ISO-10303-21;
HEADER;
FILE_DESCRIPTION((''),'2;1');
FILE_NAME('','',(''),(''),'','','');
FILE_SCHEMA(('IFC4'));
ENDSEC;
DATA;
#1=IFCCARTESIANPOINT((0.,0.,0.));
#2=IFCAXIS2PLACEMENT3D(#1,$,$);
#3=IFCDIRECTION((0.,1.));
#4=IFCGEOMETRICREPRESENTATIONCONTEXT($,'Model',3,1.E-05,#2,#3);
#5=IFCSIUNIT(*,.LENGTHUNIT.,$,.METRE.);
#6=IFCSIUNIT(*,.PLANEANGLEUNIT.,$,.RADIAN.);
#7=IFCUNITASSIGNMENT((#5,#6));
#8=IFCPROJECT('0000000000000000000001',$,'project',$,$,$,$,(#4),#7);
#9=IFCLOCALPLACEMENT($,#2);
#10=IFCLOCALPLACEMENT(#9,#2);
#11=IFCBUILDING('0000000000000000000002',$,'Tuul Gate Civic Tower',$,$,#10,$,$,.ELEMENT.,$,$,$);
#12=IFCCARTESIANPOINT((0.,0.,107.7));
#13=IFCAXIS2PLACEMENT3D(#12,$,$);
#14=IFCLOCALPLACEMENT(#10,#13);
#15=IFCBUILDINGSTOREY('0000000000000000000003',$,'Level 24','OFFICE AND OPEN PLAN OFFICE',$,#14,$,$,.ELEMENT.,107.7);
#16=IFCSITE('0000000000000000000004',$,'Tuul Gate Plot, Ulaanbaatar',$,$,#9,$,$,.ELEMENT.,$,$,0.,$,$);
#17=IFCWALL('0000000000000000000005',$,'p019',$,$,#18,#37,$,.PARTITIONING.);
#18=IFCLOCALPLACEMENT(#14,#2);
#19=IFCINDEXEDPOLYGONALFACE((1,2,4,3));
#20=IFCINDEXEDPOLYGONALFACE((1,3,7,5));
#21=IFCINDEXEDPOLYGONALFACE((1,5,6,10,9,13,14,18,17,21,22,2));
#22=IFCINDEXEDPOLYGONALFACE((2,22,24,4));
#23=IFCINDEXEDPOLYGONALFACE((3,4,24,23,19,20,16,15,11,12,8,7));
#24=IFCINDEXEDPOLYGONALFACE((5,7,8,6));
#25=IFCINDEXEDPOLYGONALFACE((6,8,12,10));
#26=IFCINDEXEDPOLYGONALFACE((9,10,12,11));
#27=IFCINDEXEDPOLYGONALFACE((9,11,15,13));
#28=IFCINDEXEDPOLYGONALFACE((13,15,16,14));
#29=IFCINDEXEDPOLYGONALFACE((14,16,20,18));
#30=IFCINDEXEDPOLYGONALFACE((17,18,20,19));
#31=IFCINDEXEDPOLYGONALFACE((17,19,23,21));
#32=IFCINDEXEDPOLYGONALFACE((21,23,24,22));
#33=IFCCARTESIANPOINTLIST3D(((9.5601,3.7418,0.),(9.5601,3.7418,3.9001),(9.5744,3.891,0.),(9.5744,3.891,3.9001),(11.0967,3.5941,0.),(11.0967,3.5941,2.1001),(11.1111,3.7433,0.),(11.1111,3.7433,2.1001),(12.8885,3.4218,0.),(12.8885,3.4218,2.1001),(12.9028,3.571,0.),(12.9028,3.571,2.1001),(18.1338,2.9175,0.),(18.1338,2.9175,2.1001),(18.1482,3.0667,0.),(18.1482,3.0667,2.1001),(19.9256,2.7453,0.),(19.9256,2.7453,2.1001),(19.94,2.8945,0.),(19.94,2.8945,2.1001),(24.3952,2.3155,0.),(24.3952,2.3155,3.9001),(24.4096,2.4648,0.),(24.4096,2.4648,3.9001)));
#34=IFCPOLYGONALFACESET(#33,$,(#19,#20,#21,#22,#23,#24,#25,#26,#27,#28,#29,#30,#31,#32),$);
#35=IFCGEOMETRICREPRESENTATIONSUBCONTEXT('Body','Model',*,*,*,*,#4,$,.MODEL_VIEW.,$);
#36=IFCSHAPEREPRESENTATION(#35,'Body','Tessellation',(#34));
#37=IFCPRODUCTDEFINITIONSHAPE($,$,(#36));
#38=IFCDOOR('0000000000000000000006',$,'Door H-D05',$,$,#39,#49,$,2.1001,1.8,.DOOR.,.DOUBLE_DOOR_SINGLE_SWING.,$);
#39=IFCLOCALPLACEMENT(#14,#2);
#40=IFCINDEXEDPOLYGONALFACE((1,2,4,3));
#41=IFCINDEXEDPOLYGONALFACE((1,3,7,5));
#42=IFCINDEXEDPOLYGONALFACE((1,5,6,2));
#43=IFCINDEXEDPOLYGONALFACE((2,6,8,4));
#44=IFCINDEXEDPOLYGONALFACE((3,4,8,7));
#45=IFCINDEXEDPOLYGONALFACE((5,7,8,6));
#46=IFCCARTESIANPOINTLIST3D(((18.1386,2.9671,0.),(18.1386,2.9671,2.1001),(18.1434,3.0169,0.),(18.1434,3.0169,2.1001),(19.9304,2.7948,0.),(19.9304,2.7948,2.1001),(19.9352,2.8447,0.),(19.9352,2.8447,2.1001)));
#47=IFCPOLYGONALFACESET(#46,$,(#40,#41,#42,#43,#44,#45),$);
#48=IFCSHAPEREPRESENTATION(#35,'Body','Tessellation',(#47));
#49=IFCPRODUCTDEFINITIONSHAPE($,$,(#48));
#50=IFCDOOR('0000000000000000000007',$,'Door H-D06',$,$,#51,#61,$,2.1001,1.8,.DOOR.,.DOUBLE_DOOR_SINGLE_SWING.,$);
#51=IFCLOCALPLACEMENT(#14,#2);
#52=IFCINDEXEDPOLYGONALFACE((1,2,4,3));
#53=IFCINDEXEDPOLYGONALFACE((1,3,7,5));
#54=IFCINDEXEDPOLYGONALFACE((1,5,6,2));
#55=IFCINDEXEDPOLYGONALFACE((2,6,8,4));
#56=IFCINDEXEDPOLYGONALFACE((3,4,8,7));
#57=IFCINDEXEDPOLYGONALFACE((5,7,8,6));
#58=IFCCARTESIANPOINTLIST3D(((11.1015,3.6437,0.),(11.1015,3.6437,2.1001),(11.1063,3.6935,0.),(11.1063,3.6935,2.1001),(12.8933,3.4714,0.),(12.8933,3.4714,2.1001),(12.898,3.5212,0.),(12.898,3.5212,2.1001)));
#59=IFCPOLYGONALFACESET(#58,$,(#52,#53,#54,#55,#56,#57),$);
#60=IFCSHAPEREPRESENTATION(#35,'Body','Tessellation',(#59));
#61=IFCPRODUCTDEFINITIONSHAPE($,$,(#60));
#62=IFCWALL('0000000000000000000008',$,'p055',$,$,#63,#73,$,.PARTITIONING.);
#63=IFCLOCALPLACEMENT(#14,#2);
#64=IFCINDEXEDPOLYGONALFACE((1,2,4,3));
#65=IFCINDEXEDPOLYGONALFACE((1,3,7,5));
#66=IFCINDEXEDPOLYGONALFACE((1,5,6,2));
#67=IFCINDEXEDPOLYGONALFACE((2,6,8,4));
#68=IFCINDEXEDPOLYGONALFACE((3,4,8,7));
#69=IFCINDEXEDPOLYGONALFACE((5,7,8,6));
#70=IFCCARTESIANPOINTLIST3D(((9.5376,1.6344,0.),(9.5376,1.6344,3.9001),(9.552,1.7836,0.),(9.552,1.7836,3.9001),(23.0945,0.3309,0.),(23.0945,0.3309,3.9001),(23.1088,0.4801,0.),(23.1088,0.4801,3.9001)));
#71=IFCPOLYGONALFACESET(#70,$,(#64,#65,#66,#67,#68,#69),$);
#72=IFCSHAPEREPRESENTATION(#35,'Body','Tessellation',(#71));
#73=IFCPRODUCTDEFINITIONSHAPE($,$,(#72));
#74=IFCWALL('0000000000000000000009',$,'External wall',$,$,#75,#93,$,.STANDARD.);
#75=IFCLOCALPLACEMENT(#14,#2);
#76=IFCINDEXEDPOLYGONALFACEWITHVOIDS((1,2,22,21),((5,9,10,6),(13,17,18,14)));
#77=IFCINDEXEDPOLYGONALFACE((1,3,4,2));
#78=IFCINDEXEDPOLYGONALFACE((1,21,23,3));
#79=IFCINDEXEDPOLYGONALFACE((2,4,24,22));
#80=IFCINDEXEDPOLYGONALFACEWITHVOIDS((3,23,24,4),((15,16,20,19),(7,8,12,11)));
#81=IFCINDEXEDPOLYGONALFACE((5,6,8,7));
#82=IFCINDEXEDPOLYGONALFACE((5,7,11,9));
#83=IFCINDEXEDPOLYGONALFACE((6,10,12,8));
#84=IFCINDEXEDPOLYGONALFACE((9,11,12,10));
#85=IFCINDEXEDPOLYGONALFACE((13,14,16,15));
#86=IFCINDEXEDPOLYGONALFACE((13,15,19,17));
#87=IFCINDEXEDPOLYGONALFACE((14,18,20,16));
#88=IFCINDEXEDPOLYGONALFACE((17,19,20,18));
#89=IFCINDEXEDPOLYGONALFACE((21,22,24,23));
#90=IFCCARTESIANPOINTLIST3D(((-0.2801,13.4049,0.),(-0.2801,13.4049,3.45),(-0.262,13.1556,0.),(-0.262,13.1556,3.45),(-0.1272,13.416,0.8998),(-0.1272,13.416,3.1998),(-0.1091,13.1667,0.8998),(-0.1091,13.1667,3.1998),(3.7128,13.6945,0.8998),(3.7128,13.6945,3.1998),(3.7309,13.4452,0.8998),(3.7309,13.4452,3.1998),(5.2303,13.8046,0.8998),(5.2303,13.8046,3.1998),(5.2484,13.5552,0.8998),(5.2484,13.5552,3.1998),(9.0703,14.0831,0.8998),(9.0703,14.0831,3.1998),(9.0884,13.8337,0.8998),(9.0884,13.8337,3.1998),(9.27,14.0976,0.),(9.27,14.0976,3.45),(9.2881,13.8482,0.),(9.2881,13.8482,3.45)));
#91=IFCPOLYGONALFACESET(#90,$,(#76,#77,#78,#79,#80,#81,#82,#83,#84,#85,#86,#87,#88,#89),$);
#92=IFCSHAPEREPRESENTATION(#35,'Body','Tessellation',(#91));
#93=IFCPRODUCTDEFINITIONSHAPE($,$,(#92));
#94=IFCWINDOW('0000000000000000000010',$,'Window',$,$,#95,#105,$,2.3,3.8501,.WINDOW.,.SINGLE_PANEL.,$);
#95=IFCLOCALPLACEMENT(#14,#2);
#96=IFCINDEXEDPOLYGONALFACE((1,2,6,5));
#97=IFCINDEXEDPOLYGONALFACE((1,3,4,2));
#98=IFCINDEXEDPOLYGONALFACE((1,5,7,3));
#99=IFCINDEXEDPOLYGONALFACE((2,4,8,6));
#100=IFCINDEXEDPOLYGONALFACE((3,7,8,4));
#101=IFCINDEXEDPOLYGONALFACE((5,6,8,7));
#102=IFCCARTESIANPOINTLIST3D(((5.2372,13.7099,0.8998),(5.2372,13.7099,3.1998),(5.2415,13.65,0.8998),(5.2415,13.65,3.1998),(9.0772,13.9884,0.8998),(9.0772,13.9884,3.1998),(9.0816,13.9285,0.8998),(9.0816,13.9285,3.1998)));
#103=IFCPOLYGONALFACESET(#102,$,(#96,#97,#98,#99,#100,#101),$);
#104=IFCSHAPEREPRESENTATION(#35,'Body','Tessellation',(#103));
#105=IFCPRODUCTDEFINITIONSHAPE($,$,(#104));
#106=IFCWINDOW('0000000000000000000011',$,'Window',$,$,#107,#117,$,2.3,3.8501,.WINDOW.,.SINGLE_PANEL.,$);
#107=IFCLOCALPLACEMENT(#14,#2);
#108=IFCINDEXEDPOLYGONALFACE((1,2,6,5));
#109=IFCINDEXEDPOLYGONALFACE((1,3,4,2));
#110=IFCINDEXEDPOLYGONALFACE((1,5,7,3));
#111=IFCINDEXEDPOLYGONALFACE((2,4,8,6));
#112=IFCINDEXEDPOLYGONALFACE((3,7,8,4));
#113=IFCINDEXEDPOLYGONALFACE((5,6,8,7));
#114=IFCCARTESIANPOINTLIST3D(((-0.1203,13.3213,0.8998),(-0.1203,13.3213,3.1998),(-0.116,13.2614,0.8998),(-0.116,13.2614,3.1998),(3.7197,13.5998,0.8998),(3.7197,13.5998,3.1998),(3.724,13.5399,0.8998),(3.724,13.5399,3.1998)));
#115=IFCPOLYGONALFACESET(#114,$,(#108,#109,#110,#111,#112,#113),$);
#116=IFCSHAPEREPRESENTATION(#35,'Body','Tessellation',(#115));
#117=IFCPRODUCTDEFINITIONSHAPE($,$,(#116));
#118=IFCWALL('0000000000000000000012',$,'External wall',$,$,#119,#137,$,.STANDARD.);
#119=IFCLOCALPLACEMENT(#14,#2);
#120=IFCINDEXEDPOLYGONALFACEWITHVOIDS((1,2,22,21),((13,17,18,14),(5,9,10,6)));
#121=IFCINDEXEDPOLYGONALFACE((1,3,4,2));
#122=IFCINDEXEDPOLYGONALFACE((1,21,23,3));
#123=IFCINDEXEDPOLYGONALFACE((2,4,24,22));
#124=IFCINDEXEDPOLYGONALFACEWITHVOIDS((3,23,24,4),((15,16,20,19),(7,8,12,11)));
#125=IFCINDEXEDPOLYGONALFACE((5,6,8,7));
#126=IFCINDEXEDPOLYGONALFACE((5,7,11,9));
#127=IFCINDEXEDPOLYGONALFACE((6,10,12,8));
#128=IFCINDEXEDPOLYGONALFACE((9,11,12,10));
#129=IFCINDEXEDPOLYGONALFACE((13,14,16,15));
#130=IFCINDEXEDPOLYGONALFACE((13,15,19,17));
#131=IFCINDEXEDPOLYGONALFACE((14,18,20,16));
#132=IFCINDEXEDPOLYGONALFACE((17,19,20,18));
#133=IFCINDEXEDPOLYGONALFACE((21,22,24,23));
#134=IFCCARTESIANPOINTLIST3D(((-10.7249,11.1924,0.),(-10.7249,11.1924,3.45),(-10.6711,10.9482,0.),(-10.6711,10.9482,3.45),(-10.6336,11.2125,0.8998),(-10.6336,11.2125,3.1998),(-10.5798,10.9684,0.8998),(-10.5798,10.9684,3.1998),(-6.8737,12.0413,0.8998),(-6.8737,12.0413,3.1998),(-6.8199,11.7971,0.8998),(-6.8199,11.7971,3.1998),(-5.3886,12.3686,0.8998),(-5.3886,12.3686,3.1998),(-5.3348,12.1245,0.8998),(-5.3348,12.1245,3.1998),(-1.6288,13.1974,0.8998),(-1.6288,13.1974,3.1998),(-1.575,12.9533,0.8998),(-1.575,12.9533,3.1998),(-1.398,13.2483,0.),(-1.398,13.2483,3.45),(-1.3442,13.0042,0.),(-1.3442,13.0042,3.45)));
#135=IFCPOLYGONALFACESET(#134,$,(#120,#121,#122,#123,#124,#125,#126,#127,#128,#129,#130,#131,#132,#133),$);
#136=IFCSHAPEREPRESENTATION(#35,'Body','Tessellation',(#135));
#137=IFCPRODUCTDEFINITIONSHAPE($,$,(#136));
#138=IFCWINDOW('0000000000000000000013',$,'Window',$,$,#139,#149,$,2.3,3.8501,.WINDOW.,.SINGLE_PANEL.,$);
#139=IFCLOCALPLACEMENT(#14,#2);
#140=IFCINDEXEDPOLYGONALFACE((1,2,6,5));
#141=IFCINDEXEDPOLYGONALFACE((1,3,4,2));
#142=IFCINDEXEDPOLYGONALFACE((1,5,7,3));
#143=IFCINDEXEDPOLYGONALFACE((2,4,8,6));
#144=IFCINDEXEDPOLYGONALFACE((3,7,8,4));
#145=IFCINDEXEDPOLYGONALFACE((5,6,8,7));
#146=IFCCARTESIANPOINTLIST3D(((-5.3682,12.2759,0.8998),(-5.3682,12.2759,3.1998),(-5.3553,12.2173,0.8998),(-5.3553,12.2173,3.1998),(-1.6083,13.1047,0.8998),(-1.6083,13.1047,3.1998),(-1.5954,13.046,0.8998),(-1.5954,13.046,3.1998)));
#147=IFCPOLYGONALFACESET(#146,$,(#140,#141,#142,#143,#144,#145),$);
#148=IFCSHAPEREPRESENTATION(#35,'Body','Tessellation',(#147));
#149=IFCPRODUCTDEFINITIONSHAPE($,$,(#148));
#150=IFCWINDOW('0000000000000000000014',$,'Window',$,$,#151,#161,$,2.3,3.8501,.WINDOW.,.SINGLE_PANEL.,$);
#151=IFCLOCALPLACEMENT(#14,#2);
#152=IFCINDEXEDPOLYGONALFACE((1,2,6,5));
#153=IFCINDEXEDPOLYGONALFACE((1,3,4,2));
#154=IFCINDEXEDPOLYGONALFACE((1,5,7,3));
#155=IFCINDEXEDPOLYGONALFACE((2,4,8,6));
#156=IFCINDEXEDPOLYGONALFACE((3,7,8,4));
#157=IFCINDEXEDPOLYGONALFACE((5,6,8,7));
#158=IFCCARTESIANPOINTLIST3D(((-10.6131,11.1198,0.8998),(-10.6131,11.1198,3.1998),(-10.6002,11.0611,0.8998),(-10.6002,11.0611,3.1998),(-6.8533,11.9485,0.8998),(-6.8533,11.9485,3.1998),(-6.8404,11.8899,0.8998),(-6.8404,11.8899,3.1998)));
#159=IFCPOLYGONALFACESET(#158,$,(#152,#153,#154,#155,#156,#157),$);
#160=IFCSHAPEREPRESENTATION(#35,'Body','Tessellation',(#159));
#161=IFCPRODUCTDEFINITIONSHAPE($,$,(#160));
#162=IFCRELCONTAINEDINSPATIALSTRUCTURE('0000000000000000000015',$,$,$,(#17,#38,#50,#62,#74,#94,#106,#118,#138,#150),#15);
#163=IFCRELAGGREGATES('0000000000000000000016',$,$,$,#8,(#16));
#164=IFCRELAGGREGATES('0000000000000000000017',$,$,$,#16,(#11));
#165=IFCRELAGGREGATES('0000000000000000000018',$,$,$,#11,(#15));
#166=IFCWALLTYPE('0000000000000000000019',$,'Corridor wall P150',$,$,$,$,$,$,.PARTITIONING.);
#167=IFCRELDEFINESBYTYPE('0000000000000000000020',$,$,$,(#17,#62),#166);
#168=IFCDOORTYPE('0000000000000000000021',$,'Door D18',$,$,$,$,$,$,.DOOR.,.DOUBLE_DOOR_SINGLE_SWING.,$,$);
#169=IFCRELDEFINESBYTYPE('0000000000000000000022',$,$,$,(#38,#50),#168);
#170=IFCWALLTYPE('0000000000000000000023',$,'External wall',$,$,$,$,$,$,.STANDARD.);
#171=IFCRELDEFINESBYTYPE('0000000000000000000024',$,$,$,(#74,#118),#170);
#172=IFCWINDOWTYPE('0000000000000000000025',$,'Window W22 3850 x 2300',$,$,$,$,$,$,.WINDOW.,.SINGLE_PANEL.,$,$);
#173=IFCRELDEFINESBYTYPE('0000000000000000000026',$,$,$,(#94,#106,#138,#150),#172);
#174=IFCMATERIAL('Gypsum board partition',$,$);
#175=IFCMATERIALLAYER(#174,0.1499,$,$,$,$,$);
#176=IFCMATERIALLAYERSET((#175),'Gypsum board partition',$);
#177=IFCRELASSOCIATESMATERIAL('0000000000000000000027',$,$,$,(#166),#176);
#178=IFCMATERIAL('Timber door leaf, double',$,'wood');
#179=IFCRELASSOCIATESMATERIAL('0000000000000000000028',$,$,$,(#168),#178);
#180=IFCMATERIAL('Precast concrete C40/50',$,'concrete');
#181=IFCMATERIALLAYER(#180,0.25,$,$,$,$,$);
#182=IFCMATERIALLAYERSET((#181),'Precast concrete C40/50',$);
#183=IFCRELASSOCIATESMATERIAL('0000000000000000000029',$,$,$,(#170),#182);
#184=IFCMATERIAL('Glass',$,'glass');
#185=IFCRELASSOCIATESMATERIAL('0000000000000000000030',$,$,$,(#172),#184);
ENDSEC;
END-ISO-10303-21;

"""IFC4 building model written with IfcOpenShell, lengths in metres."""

from ifc_helpers import new_model, si_unit, direction, frame, frame_2d, origin, place, context, subcontext, project, spatial, rectangle, extrude, material, layer, layer_set, type_object, element, fill, save


model = new_model("IFC4")

# Units and contexts
model_context = context("Model", 3, precision=1e-05, world=origin(), true_north=direction((0.0, 1.0)))
body_context = subcontext(model_context, "Body", "Model", "MODEL_VIEW")
ifc_project = project(units=[si_unit("LENGTHUNIT", "METRE"), si_unit("PLANEANGLEUNIT", "RADIAN")], contexts=[model_context])

# Site, building, storey
site_placement = place(None, origin())
site = spatial("IfcSite", under=ifc_project, at=site_placement, Name="Tuul Gate Plot, Ulaanbaatar", CompositionType="ELEMENT", RefElevation=0.0)
building_placement = place(site_placement, origin())
building = spatial("IfcBuilding", under=site, at=building_placement, Name="Tuul Gate Civic Tower", CompositionType="ELEMENT")
storey_placement = place(building_placement, frame((0.0, 0.0, 107.7)))
storey = spatial("IfcBuildingStorey", under=building, at=storey_placement, Name="Level 24", Description="OFFICE AND OPEN PLAN OFFICE", CompositionType="ELEMENT", Elevation=107.7)

# Wall, openings, doors
ifc_material_1 = material(Name="Gypsum board partition")
ifc_layer_1 = layer(ifc_material_1, 0.1499)
ifc_layer_set_1 = layer_set([ifc_layer_1], Name="Gypsum board partition")
wall_type_1 = type_object("IfcWallType", Name="Corridor wall P150", PredefinedType="PARTITIONING", material=ifc_layer_set_1)
wall_1_placement = place(storey_placement, frame((9.5674, 3.8164, 0.0), z_axis=(0.0, 0.0, 1.0), x_axis=(0.99541, -0.0957, 0.0)))
wall_1 = element("IfcWall", 1, at=wall_1_placement, inside=storey, type_object=wall_type_1, Name="p019", PredefinedType="PARTITIONING", context=body_context, shape_type="SweptSolid", body=[
    extrude(rectangle(XDim=14.9036, YDim=0.1499, at=frame_2d((7.4517, 0.0))), origin(), (0.0, 0.0, 1.0), 3.9001),
])
opening_1_placement = place(wall_1_placement, frame((8.6133, 0.0, 0.0)))
opening_1 = element("IfcOpeningElement", 2, at=opening_1_placement, cuts=wall_1, PredefinedType="OPENING", context=body_context, shape_type="SweptSolid", body=[
    extrude(rectangle(XDim=1.8, YDim=2.1001, at=frame_2d((0.8999, 1.05))), frame((0.0, 0.085, 0.0), z_axis=(0.0, -1.0, 0.0), x_axis=(1.0, 0.0, 0.0)), (0.0, 0.0, 1.0), 0.1699),
])
opening_2_placement = place(wall_1_placement, frame((1.5437, 0.0, 0.0)))
opening_2 = element("IfcOpeningElement", 3, at=opening_2_placement, cuts=wall_1, PredefinedType="OPENING", context=body_context, shape_type="SweptSolid", body=[
    extrude(rectangle(XDim=1.8, YDim=2.1001, at=frame_2d((0.8999, 1.05))), frame((0.0, 0.085, 0.0), z_axis=(0.0, -1.0, 0.0), x_axis=(1.0, 0.0, 0.0)), (0.0, 0.0, 1.0), 0.1699),
])
ifc_material_2 = material(Name="Timber door leaf, double", Category="wood")
door_type = type_object("IfcDoorType", Name="Door D18", OperationType="DOUBLE_DOOR_SINGLE_SWING", PredefinedType="DOOR", material=ifc_material_2)
door_1_placement = place(opening_1_placement, origin())
door_1 = element("IfcDoor", 4, at=door_1_placement, inside=storey, type_object=door_type, Name="Door H-D05", OperationType="DOUBLE_DOOR_SINGLE_SWING", OverallHeight=2.1001, OverallWidth=1.8, PredefinedType="DOOR", context=body_context, shape_type="SweptSolid", body=[
    extrude(rectangle(XDim=1.8, YDim=2.1001, at=frame_2d((0.8999, 1.05))), frame((0.0, 0.0249, 0.0), z_axis=(0.0, -1.0, 0.0), x_axis=(1.0, 0.0, 0.0)), (0.0, 0.0, 1.0), 0.05),
])
fill(opening_1, door_1)
door_2_placement = place(opening_2_placement, origin())
door_2 = element("IfcDoor", 5, at=door_2_placement, inside=storey, type_object=door_type, Name="Door H-D06", OperationType="DOUBLE_DOOR_SINGLE_SWING", OverallHeight=2.1001, OverallWidth=1.8, PredefinedType="DOOR", context=body_context, shape_type="SweptSolid", body=[
    extrude(rectangle(XDim=1.8, YDim=2.1001, at=frame_2d((0.8999, 1.05))), frame((0.0, 0.0249, 0.0), z_axis=(0.0, -1.0, 0.0), x_axis=(1.0, 0.0, 0.0)), (0.0, 0.0, 1.0), 0.05),
])
fill(opening_2, door_2)

# Wall
wall_2_placement = place(storey_placement, frame((9.5449, 1.709, 0.0), z_axis=(0.0, 0.0, 1.0), x_axis=(0.99541, -0.095707, 0.0)))
element("IfcWall", 6, at=wall_2_placement, inside=storey, type_object=wall_type_1, Name="p055", PredefinedType="PARTITIONING", context=body_context, shape_type="SweptSolid", body=[
    extrude(rectangle(XDim=13.6194, YDim=0.1499, at=frame_2d((6.8096, 0.0))), origin(), (0.0, 0.0, 1.0), 3.9001),
])

# Walls, openings, windows
ifc_material_3 = material(Name="Precast concrete C40/50", Category="concrete")
ifc_layer_2 = layer(ifc_material_3, 0.25)
ifc_layer_set_2 = layer_set([ifc_layer_2], Name="Precast concrete C40/50")
wall_type_2 = type_object("IfcWallType", Name="External wall", PredefinedType="STANDARD", material=ifc_layer_set_2)
wall_3_placement = place(storey_placement, frame((9.2791, 13.9729, 0.0), z_axis=(0.0, 0.0, 1.0), x_axis=(-0.99738, -0.072336, 0.0)))
wall_3 = element("IfcWall", 7, at=wall_3_placement, inside=storey, type_object=wall_type_2, Name="External wall", PredefinedType="STANDARD", context=body_context, shape_type="SweptSolid", body=[
    extrude(rectangle(XDim=9.5752, YDim=0.25, at=frame_2d((4.7876, 0.0))), origin(), (0.0, 0.0, 1.0), 3.45),
])
opening_3_placement = place(wall_3_placement, frame((0.2002, 0.0, 0.8999)))
opening_3 = element("IfcOpeningElement", 8, at=opening_3_placement, cuts=wall_3, PredefinedType="OPENING", context=body_context, shape_type="SweptSolid", body=[
    extrude(rectangle(XDim=3.8501, YDim=2.3, at=frame_2d((1.925, 1.1499))), frame((0.0, 0.135, 0.0), z_axis=(0.0, -1.0, 0.0), x_axis=(1.0, 0.0, 0.0)), (0.0, 0.0, 1.0), 0.27),
])
opening_4_placement = place(wall_3_placement, frame((5.5718, 0.0, 0.8999)))
opening_4 = element("IfcOpeningElement", 9, at=opening_4_placement, cuts=wall_3, PredefinedType="OPENING", context=body_context, shape_type="SweptSolid", body=[
    extrude(rectangle(XDim=3.8501, YDim=2.3, at=frame_2d((1.925, 1.1499))), frame((0.0, 0.135, 0.0), z_axis=(0.0, -1.0, 0.0), x_axis=(1.0, 0.0, 0.0)), (0.0, 0.0, 1.0), 0.27),
])
ifc_material_4 = material(Name="Glass", Category="glass")
window_type = type_object("IfcWindowType", Name="Window W22 3850 x 2300", PartitioningType="SINGLE_PANEL", PredefinedType="WINDOW", material=ifc_material_4)
window_1_placement = place(opening_3_placement, origin())
window_1 = element("IfcWindow", 10, at=window_1_placement, inside=storey, type_object=window_type, Name="Window", OverallHeight=2.3, OverallWidth=3.8501, PartitioningType="SINGLE_PANEL", PredefinedType="WINDOW", context=body_context, shape_type="SweptSolid", body=[
    extrude(rectangle(XDim=3.8501, YDim=2.3, at=frame_2d((1.925, 1.1499))), frame((0.0, 0.03, 0.0), z_axis=(0.0, -1.0, 0.0), x_axis=(1.0, 0.0, 0.0)), (0.0, 0.0, 1.0), 0.0601),
])
fill(opening_3, window_1)
window_2_placement = place(opening_4_placement, origin())
window_2 = element("IfcWindow", 11, at=window_2_placement, inside=storey, type_object=window_type, Name="Window", OverallHeight=2.3, OverallWidth=3.8501, PartitioningType="SINGLE_PANEL", PredefinedType="WINDOW", context=body_context, shape_type="SweptSolid", body=[
    extrude(rectangle(XDim=3.8501, YDim=2.3, at=frame_2d((1.925, 1.1499))), frame((0.0, 0.03, 0.0), z_axis=(0.0, -1.0, 0.0), x_axis=(1.0, 0.0, 0.0)), (0.0, 0.0, 1.0), 0.0601),
])
fill(opening_4, window_2)
wall_4_placement = place(storey_placement, frame((-1.3711, 13.1262, 0.0), z_axis=(0.0, 0.0, 1.0), x_axis=(-0.976557, -0.21526, 0.0)))
wall_4 = element("IfcWall", 12, at=wall_4_placement, inside=storey, type_object=wall_type_2, Name="External wall", PredefinedType="STANDARD", context=body_context, shape_type="SweptSolid", body=[
    extrude(rectangle(XDim=9.5508, YDim=0.25, at=frame_2d((4.7754, 0.0))), origin(), (0.0, 0.0, 1.0), 3.45),
])
opening_5_placement = place(wall_4_placement, frame((0.2363, 0.0, 0.8999)))
opening_5 = element("IfcOpeningElement", 13, at=opening_5_placement, cuts=wall_4, PredefinedType="OPENING", context=body_context, shape_type="SweptSolid", body=[
    extrude(rectangle(XDim=3.8501, YDim=2.3, at=frame_2d((1.925, 1.1499))), frame((0.0, 0.135, 0.0), z_axis=(0.0, -1.0, 0.0), x_axis=(1.0, 0.0, 0.0)), (0.0, 0.0, 1.0), 0.27),
])
opening_6_placement = place(wall_4_placement, frame((5.6072, 0.0, 0.8999)))
opening_6 = element("IfcOpeningElement", 14, at=opening_6_placement, cuts=wall_4, PredefinedType="OPENING", context=body_context, shape_type="SweptSolid", body=[
    extrude(rectangle(XDim=3.8501, YDim=2.3, at=frame_2d((1.925, 1.1499))), frame((0.0, 0.135, 0.0), z_axis=(0.0, -1.0, 0.0), x_axis=(1.0, 0.0, 0.0)), (0.0, 0.0, 1.0), 0.27),
])
window_3_placement = place(opening_5_placement, origin())
window_3 = element("IfcWindow", 15, at=window_3_placement, inside=storey, type_object=window_type, Name="Window", OverallHeight=2.3, OverallWidth=3.8501, PartitioningType="SINGLE_PANEL", PredefinedType="WINDOW", context=body_context, shape_type="SweptSolid", body=[
    extrude(rectangle(XDim=3.8501, YDim=2.3, at=frame_2d((1.925, 1.1499))), frame((0.0, 0.03, 0.0), z_axis=(0.0, -1.0, 0.0), x_axis=(1.0, 0.0, 0.0)), (0.0, 0.0, 1.0), 0.0601),
])
fill(opening_5, window_3)
window_4_placement = place(opening_6_placement, origin())
window_4 = element("IfcWindow", 16, at=window_4_placement, inside=storey, type_object=window_type, Name="Window", OverallHeight=2.3, OverallWidth=3.8501, PartitioningType="SINGLE_PANEL", PredefinedType="WINDOW", context=body_context, shape_type="SweptSolid", body=[
    extrude(rectangle(XDim=3.8501, YDim=2.3, at=frame_2d((1.925, 1.1499))), frame((0.0, 0.03, 0.0), z_axis=(0.0, -1.0, 0.0), x_axis=(1.0, 0.0, 0.0)), (0.0, 0.0, 1.0), 0.0601),
])
fill(opening_6, window_4)

save(model, "model.ifc")
